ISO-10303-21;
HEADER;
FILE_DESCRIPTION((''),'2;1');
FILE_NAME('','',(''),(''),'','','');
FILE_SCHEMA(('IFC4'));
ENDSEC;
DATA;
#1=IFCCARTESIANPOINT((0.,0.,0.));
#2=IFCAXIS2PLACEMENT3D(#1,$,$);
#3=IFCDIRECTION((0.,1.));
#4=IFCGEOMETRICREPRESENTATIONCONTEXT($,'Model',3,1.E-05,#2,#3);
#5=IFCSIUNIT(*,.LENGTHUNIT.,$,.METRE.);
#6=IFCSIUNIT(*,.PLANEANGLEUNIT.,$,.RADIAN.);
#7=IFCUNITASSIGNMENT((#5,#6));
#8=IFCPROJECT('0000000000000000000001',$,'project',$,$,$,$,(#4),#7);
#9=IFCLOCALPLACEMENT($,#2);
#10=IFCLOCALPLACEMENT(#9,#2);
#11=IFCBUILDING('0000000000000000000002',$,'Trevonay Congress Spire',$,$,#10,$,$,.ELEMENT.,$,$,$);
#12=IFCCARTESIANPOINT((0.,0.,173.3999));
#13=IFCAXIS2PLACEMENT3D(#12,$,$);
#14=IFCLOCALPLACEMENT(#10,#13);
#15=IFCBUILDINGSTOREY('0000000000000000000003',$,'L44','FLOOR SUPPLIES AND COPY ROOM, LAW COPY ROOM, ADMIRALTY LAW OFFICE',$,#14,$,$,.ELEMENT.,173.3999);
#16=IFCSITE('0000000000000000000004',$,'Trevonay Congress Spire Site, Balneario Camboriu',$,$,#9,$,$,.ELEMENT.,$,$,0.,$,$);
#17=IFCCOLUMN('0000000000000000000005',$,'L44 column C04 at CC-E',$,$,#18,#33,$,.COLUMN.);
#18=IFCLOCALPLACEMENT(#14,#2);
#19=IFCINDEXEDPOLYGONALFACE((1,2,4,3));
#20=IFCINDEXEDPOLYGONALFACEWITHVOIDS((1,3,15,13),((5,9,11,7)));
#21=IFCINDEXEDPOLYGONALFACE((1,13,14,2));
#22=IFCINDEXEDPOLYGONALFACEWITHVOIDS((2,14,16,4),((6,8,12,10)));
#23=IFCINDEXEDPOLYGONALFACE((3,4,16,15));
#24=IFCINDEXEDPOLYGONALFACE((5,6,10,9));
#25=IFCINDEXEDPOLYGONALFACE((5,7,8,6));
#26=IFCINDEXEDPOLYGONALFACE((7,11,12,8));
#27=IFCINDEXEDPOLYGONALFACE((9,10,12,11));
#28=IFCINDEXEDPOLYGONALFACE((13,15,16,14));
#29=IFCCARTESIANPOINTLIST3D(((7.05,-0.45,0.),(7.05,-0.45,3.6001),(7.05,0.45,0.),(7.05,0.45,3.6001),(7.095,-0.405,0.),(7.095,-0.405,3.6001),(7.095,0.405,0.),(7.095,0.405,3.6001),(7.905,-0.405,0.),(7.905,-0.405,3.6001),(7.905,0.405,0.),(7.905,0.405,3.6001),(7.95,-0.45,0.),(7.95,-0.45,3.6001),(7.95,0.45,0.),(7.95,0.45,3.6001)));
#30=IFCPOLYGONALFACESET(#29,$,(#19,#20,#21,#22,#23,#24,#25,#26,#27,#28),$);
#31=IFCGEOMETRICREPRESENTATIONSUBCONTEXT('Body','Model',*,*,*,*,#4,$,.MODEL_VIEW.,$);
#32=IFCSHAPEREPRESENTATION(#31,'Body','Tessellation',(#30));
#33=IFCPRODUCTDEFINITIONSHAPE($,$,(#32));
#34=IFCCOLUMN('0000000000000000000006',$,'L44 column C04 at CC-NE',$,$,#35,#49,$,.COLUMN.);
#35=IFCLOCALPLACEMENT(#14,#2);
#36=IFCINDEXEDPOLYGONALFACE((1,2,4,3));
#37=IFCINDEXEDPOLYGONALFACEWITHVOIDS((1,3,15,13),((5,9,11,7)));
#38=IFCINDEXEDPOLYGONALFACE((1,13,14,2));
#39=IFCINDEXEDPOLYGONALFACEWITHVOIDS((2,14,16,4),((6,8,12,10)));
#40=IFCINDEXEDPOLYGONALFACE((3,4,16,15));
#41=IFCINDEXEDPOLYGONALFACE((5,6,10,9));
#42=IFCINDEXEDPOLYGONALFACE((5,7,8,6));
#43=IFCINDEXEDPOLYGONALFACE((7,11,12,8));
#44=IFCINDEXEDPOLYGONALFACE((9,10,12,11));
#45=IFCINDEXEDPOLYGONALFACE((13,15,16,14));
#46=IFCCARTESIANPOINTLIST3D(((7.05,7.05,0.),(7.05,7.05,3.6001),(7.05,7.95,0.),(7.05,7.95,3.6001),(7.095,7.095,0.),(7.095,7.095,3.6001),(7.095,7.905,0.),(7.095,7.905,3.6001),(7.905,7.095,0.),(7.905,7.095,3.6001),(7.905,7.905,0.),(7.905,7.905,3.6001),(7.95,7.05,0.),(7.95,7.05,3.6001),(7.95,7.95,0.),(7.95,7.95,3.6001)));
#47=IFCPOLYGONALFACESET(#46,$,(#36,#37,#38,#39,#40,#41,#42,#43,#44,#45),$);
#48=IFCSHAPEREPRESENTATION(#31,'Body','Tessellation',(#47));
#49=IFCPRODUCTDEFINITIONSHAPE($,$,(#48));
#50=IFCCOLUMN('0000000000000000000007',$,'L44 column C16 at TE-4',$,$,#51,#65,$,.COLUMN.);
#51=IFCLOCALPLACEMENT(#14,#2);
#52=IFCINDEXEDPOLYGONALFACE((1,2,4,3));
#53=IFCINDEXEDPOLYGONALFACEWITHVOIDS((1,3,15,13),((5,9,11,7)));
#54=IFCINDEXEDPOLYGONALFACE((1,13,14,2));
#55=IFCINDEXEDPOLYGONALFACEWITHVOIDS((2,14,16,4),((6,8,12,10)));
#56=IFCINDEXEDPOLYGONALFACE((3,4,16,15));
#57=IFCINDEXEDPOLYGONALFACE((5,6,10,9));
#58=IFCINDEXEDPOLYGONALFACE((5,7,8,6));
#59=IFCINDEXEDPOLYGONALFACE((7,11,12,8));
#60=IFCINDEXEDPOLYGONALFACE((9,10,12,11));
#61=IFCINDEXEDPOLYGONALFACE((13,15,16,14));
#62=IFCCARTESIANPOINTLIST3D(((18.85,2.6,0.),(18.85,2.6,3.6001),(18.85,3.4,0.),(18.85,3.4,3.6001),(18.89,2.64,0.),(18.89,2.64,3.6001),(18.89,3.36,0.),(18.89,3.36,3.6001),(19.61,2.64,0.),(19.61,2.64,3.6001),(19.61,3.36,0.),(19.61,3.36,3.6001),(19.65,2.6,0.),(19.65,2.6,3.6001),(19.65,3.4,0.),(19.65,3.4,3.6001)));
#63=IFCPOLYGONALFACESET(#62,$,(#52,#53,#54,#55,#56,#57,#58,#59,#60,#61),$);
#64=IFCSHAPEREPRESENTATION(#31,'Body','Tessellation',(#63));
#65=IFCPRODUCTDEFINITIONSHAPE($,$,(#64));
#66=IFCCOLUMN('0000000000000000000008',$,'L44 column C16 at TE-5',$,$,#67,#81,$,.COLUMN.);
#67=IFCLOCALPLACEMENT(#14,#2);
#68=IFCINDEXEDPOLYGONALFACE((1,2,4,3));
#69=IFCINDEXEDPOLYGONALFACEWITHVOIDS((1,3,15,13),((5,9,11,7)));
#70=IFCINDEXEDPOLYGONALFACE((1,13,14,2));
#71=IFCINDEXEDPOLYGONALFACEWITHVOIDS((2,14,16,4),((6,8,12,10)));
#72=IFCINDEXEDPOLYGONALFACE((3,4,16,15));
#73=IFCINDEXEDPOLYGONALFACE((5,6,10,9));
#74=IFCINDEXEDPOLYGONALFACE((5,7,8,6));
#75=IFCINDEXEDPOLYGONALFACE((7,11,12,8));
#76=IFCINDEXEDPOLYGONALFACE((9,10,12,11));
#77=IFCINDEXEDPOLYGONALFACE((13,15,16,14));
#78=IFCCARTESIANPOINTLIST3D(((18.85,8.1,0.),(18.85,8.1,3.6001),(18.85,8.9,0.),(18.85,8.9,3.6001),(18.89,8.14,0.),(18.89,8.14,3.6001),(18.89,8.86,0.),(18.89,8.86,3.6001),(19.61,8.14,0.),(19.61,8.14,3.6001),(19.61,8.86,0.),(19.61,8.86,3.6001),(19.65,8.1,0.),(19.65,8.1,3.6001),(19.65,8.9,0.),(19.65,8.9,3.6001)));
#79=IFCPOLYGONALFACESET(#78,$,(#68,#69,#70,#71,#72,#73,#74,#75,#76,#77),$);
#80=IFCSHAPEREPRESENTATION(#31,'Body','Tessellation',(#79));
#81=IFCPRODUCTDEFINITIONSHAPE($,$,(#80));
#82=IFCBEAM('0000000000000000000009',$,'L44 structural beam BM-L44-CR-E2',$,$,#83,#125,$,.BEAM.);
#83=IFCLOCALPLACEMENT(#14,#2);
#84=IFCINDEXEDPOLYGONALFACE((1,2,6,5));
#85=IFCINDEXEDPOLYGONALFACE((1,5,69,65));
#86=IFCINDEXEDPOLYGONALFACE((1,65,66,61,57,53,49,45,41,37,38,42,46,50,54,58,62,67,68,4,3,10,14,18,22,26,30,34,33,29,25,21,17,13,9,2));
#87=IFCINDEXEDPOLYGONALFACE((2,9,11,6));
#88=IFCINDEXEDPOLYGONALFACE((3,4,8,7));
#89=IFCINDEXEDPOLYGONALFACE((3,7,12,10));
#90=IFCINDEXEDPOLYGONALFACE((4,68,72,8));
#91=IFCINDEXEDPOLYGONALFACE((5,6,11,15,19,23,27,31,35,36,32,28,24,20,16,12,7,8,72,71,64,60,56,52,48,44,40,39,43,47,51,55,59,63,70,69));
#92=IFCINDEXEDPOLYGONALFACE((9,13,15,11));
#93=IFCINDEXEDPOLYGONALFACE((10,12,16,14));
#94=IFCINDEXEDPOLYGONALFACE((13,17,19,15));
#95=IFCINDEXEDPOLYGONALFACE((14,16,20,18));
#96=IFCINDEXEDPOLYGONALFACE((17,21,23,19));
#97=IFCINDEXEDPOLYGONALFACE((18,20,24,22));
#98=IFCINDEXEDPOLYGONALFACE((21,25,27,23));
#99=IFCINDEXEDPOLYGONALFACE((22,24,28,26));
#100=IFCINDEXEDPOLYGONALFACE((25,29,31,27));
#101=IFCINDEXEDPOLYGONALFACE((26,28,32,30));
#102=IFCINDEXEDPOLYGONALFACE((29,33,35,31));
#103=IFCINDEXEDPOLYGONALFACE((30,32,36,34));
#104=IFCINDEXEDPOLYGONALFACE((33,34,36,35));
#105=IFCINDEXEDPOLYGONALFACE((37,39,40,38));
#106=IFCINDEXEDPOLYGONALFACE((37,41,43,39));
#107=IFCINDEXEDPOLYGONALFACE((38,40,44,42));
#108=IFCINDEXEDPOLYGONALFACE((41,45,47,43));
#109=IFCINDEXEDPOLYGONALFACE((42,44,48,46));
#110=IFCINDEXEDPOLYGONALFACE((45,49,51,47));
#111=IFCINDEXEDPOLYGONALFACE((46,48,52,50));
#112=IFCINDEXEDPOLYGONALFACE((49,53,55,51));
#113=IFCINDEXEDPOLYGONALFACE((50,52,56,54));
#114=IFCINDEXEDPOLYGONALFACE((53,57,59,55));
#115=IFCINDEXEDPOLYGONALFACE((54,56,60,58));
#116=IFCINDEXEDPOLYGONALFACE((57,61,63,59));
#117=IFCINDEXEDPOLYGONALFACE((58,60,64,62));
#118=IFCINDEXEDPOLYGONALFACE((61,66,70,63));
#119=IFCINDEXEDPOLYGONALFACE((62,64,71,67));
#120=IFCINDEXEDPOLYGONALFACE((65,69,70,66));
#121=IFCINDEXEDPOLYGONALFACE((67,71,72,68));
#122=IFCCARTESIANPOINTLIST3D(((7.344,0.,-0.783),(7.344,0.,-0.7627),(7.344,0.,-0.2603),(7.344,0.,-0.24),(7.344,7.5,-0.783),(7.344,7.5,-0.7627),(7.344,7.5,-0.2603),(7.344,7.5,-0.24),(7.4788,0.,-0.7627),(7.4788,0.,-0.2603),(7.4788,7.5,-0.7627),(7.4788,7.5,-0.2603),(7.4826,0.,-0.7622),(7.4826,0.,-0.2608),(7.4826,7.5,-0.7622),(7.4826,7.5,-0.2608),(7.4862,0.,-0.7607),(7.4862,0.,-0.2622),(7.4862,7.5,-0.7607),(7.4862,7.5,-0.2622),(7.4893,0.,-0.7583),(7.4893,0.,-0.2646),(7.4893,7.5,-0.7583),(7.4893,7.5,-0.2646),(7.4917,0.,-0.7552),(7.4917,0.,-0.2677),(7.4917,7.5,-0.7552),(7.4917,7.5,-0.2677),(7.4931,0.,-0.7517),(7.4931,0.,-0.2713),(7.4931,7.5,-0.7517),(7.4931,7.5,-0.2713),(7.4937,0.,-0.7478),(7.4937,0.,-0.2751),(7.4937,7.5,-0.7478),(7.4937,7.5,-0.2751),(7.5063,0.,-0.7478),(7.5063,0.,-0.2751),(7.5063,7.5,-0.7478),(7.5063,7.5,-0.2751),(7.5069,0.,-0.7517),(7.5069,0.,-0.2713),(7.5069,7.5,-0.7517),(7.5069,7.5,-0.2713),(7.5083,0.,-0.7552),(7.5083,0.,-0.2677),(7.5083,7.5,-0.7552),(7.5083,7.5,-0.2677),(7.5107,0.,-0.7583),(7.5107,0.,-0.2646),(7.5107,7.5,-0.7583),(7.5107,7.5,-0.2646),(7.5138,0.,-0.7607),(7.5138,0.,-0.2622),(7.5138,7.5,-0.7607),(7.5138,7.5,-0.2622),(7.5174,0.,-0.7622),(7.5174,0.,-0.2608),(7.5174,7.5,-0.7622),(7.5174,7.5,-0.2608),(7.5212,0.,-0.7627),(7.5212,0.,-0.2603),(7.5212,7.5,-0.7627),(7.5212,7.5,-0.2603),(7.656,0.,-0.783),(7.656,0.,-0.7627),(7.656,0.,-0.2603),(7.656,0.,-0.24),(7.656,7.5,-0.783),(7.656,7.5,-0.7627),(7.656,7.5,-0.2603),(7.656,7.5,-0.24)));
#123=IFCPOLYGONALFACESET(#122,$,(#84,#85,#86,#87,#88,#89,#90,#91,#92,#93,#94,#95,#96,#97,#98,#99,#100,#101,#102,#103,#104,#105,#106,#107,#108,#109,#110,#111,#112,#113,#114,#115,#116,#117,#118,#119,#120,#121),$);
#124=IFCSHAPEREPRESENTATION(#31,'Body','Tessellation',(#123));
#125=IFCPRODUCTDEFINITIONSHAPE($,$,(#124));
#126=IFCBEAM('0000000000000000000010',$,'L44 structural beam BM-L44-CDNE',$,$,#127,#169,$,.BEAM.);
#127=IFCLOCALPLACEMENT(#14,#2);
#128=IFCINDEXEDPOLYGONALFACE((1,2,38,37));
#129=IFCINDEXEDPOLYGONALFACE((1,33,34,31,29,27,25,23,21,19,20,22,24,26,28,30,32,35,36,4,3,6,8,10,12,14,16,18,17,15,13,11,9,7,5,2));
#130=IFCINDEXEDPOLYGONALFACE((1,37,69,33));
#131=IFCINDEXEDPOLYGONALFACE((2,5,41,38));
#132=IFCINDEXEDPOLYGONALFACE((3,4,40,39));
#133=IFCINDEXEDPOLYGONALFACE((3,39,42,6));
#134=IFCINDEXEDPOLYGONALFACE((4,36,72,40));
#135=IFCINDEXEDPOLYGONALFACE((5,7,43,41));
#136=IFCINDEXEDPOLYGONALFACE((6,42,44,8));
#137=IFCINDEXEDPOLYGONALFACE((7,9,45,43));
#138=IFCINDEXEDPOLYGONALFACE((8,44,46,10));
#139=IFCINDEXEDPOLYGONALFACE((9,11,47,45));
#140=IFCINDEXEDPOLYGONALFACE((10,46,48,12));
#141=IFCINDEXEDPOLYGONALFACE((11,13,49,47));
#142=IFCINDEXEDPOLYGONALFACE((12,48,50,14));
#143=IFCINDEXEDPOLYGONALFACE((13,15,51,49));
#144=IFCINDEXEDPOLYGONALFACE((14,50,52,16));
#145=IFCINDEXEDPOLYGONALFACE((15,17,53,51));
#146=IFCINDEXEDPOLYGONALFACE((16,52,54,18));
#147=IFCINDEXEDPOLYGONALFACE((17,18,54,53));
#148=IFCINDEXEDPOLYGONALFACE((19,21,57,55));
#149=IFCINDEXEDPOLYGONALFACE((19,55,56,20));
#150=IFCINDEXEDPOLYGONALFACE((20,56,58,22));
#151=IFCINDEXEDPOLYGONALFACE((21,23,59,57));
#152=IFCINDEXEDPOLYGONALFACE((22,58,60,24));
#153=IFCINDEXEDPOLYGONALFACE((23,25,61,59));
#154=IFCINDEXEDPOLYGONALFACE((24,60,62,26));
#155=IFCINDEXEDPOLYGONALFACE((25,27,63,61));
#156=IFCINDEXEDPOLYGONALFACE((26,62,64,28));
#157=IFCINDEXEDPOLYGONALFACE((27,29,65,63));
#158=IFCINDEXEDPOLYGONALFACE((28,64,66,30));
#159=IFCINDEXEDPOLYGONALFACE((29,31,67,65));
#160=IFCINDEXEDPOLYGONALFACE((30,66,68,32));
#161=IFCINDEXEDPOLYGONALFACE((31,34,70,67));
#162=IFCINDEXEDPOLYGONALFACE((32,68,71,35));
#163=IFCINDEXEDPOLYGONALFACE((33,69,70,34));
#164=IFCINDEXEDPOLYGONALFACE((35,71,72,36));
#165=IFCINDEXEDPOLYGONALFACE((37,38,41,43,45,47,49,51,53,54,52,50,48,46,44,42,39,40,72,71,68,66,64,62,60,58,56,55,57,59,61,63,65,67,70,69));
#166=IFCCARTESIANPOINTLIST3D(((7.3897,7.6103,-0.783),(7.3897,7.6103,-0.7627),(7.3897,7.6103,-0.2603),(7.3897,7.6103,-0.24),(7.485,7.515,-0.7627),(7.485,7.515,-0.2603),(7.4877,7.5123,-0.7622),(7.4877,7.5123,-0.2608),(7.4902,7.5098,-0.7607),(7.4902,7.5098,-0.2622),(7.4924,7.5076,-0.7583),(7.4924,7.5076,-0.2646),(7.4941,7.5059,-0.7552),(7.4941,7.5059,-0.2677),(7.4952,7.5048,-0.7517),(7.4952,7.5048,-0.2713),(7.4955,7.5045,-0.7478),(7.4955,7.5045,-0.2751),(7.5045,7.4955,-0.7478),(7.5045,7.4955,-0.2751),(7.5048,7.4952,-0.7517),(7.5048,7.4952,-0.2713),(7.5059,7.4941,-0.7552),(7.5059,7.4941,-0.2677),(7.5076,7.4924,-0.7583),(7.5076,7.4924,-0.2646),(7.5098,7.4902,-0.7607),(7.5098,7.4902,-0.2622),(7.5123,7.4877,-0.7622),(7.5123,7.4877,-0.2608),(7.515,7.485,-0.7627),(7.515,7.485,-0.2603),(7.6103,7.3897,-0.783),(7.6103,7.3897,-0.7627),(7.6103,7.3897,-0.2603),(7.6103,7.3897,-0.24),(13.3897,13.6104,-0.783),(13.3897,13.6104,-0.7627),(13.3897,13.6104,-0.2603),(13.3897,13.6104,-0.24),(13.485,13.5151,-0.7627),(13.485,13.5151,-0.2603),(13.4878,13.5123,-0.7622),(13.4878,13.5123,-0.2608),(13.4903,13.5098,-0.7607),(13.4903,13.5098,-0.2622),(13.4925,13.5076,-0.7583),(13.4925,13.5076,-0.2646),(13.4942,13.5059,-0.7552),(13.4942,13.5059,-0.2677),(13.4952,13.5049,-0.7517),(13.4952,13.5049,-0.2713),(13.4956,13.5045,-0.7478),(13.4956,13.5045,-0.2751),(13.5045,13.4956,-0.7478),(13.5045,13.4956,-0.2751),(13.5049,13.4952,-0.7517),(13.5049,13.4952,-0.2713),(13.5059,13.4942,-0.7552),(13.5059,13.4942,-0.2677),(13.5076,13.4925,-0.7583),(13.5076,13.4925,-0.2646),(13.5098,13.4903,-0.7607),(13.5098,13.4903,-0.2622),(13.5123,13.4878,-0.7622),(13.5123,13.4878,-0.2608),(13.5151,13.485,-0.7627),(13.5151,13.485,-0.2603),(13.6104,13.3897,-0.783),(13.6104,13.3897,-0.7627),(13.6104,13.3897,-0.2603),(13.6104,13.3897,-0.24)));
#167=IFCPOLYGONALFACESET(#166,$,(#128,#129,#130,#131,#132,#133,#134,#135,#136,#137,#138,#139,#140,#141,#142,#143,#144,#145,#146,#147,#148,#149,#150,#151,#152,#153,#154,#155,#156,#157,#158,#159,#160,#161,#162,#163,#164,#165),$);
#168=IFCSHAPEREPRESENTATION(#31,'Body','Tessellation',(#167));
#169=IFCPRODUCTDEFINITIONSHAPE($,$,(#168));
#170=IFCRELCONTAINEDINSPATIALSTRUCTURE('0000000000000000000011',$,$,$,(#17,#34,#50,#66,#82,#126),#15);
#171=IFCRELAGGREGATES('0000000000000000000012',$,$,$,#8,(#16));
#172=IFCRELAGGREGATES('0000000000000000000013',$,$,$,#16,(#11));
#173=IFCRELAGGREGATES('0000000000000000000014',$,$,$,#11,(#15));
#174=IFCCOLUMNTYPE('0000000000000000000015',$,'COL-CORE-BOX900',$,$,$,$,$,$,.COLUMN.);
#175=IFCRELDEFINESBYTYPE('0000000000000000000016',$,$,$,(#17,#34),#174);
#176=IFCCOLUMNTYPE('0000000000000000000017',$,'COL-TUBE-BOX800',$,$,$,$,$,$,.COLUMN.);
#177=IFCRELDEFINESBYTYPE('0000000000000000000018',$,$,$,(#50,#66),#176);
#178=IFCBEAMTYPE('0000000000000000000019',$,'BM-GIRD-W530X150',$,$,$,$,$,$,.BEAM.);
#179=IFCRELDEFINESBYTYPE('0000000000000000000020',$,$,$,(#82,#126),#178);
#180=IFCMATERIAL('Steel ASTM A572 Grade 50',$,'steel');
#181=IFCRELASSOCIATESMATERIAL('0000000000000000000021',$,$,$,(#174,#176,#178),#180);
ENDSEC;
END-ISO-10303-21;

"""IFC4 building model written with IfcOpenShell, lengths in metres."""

from ifc_helpers import new_model, si_unit, direction, frame, origin, origin_2d, place, context, subcontext, project, spatial, hollow_rectangle, i_section, extrude, material, material_profile, profile_set, type_object, element, save


model = new_model("IFC4")

# Units and contexts
model_context = context("Model", 3, precision=1e-05, world=origin(), true_north=direction((0.0, 1.0)))
body_context = subcontext(model_context, "Body", "Model", "MODEL_VIEW")
ifc_project = project(units=[si_unit("LENGTHUNIT", "METRE"), si_unit("PLANEANGLEUNIT", "RADIAN")], contexts=[model_context])

# Site, building, storey
site_placement = place(None, origin())
site = spatial("IfcSite", under=ifc_project, at=site_placement, Name="Trevonay Congress Spire Site, Balneario Camboriu", CompositionType="ELEMENT", RefElevation=0.0)
building_placement = place(site_placement, origin())
building = spatial("IfcBuilding", under=site, at=building_placement, Name="Trevonay Congress Spire", CompositionType="ELEMENT")
storey_placement = place(building_placement, frame((0.0, 0.0, 173.3999)))
storey = spatial("IfcBuildingStorey", under=building, at=storey_placement, Name="L44", Description="FLOOR SUPPLIES AND COPY ROOM, LAW COPY ROOM, ADMIRALTY LAW OFFICE", CompositionType="ELEMENT", Elevation=173.3999)

# Columns
ifc_material_1 = material(Name="Steel ASTM A572 Grade 50", Category="steel")
ifc_material_profile_1 = material_profile(ifc_material_1, hollow_rectangle(XDim=0.8999, YDim=0.8999, WallThickness=0.0449, at=origin_2d()), Name="BOX 900x900x45")
ifc_profile_set_1 = profile_set([ifc_material_profile_1], Name="Steel ASTM A572 Grade 50")
column_type_1 = type_object("IfcColumnType", Name="COL-CORE-BOX900", PredefinedType="COLUMN", material=ifc_profile_set_1)
for number, where, z_axis, x_axis, name in (
    (1, (7.5, 0.0, 0.0), (0.0, 0.0, 1.0), (1.0, 0.0, 0.0), "L44 column C04 at CC-E"),
    (2, (7.5, 7.5, 0.0), (0.0, 0.0, 1.0), (1.0, 0.0, 0.0), "L44 column C04 at CC-NE"),
):
    element("IfcColumn", number, at=place(storey_placement, frame(where, z_axis=z_axis, x_axis=x_axis)), inside=storey, type_object=column_type_1, Name=name, PredefinedType="COLUMN", context=body_context, shape_type="SweptSolid", body=[
        extrude(hollow_rectangle(XDim=0.8999, YDim=0.8999, WallThickness=0.0449, at=origin_2d()), origin(), (0.0, 0.0, 1.0), 3.6001),
    ])
ifc_material_profile_2 = material_profile(ifc_material_1, hollow_rectangle(XDim=0.8, YDim=0.8, WallThickness=0.04, at=origin_2d()), Name="BOX 800x800x40")
ifc_profile_set_2 = profile_set([ifc_material_profile_2], Name="Steel ASTM A572 Grade 50")
column_type_2 = type_object("IfcColumnType", Name="COL-TUBE-BOX800", PredefinedType="COLUMN", material=ifc_profile_set_2)
for number, where, z_axis, x_axis, name in (
    (3, (19.25, 3.0, 0.0), (0.0, 0.0, 1.0), (1.0, 0.0, 0.0), "L44 column C16 at TE-4"),
    (4, (19.25, 8.5, 0.0), (0.0, 0.0, 1.0), (1.0, 0.0, 0.0), "L44 column C16 at TE-5"),
):
    element("IfcColumn", number, at=place(storey_placement, frame(where, z_axis=z_axis, x_axis=x_axis)), inside=storey, type_object=column_type_2, Name=name, PredefinedType="COLUMN", context=body_context, shape_type="SweptSolid", body=[
        extrude(hollow_rectangle(XDim=0.8, YDim=0.8, WallThickness=0.04, at=origin_2d()), origin(), (0.0, 0.0, 1.0), 3.6001),
    ])

# Beams
ifc_material_profile_3 = material_profile(ifc_material_1, i_section(OverallWidth=0.312, OverallDepth=0.543, WebThickness=0.0127, FlangeThickness=0.0203, FilletRadius=0.0149, at=origin_2d()), Name="W530x150")
ifc_profile_set_3 = profile_set([ifc_material_profile_3], Name="Steel ASTM A572 Grade 50")
beam_type_1 = type_object("IfcBeamType", Name="BM-GIRD-W530X150", PredefinedType="BEAM", material=ifc_profile_set_3)
beam_1_placement = place(storey_placement, frame((7.5, 0.0, -0.5115), z_axis=(0.0, 1.0, 0.0), x_axis=(-1.0, 0.0, 0.0)))
element("IfcBeam", 5, at=beam_1_placement, inside=storey, type_object=beam_type_1, Name="L44 structural beam BM-L44-CR-E2", PredefinedType="BEAM", context=body_context, shape_type="SweptSolid", body=[
    extrude(i_section(OverallWidth=0.312, OverallDepth=0.543, WebThickness=0.0127, FlangeThickness=0.0203, FilletRadius=0.0149, at=origin_2d()), origin(), (0.0, 0.0, 1.0), 7.5),
])
beam_2_placement = place(storey_placement, frame((7.5, 7.5, -0.5115), z_axis=(0.707107, 0.707107, 0.0), x_axis=(-0.707107, 0.707107, 0.0)))
element("IfcBeam", 6, at=beam_2_placement, inside=storey, type_object=beam_type_1, Name="L44 structural beam BM-L44-CDNE", PredefinedType="BEAM", context=body_context, shape_type="SweptSolid", body=[
    extrude(i_section(OverallWidth=0.312, OverallDepth=0.543, WebThickness=0.0127, FlangeThickness=0.0203, FilletRadius=0.0149, at=origin_2d()), origin(), (0.0, 0.0, 1.0), 8.4854),
])

save(model, "model.ifc")
